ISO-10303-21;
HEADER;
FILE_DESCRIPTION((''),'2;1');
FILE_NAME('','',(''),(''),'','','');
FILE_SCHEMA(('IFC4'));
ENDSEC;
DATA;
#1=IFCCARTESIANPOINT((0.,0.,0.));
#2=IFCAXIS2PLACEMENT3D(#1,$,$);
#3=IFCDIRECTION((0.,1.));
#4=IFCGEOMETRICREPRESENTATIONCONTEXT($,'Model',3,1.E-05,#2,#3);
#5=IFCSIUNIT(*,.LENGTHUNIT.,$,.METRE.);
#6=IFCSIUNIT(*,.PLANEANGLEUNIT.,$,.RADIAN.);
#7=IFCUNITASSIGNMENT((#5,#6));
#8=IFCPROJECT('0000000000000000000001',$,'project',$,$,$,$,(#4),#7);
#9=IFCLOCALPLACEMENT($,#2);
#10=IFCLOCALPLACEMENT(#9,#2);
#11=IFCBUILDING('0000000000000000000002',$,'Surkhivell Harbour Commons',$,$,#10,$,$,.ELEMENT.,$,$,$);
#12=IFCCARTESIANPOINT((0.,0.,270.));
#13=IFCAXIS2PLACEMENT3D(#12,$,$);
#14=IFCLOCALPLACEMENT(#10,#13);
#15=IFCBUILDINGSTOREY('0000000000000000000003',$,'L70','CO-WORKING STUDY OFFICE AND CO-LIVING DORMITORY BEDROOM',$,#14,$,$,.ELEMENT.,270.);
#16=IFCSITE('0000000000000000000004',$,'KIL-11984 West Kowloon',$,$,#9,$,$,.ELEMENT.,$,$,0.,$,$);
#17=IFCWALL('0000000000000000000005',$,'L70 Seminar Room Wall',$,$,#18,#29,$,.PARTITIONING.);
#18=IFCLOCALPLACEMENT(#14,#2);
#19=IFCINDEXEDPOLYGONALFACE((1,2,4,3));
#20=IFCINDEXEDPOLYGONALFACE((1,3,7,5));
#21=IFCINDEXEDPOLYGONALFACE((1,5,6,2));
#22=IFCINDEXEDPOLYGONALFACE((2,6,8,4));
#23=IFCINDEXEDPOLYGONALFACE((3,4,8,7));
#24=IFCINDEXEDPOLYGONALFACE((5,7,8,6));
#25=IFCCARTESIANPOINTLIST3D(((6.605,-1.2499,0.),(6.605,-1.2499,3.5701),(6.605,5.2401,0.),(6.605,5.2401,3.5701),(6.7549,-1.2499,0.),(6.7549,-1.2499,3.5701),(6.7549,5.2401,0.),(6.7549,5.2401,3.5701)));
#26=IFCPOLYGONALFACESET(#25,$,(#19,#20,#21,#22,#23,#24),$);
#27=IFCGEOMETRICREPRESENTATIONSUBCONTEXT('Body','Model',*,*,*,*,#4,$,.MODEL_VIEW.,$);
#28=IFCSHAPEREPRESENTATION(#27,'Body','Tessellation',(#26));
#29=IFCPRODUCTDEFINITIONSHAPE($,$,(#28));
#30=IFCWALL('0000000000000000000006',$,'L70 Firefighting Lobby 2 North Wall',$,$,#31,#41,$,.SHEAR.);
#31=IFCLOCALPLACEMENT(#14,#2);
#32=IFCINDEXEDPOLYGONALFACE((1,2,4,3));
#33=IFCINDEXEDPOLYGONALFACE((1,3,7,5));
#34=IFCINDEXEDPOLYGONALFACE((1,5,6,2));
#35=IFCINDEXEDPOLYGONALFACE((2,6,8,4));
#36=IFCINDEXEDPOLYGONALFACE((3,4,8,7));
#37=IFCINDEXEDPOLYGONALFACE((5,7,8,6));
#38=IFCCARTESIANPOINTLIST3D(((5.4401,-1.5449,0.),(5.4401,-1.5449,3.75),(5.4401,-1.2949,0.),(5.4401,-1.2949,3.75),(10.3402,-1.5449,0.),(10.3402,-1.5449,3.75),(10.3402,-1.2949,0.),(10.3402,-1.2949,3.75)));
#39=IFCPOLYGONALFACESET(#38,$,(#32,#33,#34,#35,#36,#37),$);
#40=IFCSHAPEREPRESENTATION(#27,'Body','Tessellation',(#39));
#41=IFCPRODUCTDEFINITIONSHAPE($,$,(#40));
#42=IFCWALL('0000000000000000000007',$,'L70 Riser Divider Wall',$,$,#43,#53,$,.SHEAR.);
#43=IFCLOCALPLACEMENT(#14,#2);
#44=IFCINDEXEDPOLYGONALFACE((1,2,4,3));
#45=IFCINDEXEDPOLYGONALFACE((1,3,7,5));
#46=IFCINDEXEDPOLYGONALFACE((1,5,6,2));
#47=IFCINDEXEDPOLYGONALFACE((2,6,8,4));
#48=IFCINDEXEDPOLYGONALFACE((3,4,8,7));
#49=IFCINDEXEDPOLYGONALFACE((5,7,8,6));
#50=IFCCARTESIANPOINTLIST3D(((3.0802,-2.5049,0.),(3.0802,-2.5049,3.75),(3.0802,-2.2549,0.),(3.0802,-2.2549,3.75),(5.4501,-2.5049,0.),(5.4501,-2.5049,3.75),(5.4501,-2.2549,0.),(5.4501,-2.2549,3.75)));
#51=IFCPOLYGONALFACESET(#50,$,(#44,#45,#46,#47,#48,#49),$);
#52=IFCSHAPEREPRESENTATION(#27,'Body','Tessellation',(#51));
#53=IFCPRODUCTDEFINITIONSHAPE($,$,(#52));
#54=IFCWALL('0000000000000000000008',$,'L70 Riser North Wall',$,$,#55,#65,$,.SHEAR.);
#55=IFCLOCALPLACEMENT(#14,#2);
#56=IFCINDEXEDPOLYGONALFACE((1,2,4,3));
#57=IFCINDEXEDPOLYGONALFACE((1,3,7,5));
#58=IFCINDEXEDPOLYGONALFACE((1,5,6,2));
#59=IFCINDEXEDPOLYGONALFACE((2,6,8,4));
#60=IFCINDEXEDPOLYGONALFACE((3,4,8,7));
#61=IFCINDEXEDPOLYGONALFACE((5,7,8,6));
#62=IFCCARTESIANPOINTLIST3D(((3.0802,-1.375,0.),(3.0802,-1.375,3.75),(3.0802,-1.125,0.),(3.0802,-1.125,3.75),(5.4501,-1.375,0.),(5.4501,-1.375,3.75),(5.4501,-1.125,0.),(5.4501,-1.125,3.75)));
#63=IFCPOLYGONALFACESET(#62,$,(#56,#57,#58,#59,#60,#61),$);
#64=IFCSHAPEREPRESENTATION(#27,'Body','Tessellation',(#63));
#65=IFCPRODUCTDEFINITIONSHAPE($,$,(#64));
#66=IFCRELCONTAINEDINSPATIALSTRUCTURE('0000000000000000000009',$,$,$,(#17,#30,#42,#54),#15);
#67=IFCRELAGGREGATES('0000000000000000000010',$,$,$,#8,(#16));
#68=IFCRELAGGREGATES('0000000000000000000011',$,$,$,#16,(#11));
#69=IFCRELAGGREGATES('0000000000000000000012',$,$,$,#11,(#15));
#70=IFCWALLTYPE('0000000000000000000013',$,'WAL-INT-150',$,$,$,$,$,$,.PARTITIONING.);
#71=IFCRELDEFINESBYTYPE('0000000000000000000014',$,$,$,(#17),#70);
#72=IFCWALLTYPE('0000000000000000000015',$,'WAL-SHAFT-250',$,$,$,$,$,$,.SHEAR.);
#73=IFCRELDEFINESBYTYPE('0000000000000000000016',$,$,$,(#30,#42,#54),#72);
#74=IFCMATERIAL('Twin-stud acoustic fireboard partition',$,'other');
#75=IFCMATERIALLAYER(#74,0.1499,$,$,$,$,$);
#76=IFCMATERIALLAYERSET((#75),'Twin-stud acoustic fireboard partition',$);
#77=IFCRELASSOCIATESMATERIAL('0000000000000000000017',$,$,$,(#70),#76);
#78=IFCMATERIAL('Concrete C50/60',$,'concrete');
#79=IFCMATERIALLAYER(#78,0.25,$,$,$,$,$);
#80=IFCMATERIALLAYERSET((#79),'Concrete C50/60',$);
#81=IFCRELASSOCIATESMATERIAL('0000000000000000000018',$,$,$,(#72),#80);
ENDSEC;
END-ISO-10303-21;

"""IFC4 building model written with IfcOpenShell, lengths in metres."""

from ifc_helpers import new_model, si_unit, direction, frame, frame_2d, origin, place, context, subcontext, project, spatial, rectangle, extrude, material, layer, layer_set, type_object, element, save


model = new_model("IFC4")

# Units and contexts
model_context = context("Model", 3, precision=1e-05, world=origin(), true_north=direction((0.0, 1.0)))
body_context = subcontext(model_context, "Body", "Model", "MODEL_VIEW")
ifc_project = project(units=[si_unit("LENGTHUNIT", "METRE"), si_unit("PLANEANGLEUNIT", "RADIAN")], contexts=[model_context])

# Site, building, storey
site_placement = place(None, origin())
site = spatial("IfcSite", under=ifc_project, at=site_placement, Name="KIL-11984 West Kowloon", CompositionType="ELEMENT", RefElevation=0.0)
building_placement = place(site_placement, origin())
building = spatial("IfcBuilding", under=site, at=building_placement, Name="Surkhivell Harbour Commons", CompositionType="ELEMENT")
storey_placement = place(building_placement, frame((0.0, 0.0, 270.0)))
storey = spatial("IfcBuildingStorey", under=building, at=storey_placement, Name="L70", Description="CO-WORKING STUDY OFFICE AND CO-LIVING DORMITORY BEDROOM", CompositionType="ELEMENT", Elevation=270.0)

# Shared definitions
ifc_material_1 = material(Name="Concrete C50/60", Category="concrete")

# Walls
ifc_material_2 = material(Name="Twin-stud acoustic fireboard partition", Category="other")
ifc_layer_1 = layer(ifc_material_2, 0.1499)
ifc_layer_set_1 = layer_set([ifc_layer_1], Name="Twin-stud acoustic fireboard partition")
wall_type_1 = type_object("IfcWallType", Name="WAL-INT-150", PredefinedType="PARTITIONING", material=ifc_layer_set_1)
wall_1_placement = place(storey_placement, frame((6.6799, -1.25, 0.0), z_axis=(0.0, 0.0, 1.0), x_axis=(0.0, 1.0, 0.0)))
element("IfcWall", 1, at=wall_1_placement, inside=storey, type_object=wall_type_1, Name="L70 Seminar Room Wall", PredefinedType="PARTITIONING", context=body_context, shape_type="SweptSolid", body=[
    extrude(rectangle(XDim=6.49, YDim=0.1499, at=frame_2d((3.2451, 0.0))), origin(), (0.0, 0.0, 1.0), 3.5701),
])
ifc_layer_2 = layer(ifc_material_1, 0.25)
ifc_layer_set_2 = layer_set([ifc_layer_2], Name="Concrete C50/60")
wall_type_2 = type_object("IfcWallType", Name="WAL-SHAFT-250", PredefinedType="SHEAR", material=ifc_layer_set_2)
wall_2_placement = place(storey_placement, frame((5.4399, -1.4199, 0.0), z_axis=(0.0, 0.0, 1.0), x_axis=(1.0, 0.0, 0.0)))
element("IfcWall", 2, at=wall_2_placement, inside=storey, type_object=wall_type_2, Name="L70 Firefighting Lobby 2 North Wall", PredefinedType="SHEAR", context=body_context, shape_type="SweptSolid", body=[
    extrude(rectangle(XDim=4.9001, YDim=0.25, at=frame_2d((2.4502, 0.0))), origin(), (0.0, 0.0, 1.0), 3.75),
])
for number, where, z_axis, x_axis, name in (
    (3, (3.0801, -2.3799, 0.0), (0.0, 0.0, 1.0), (1.0, 0.0, 0.0), "L70 Riser Divider Wall"),
    (4, (3.0801, -1.25, 0.0), (0.0, 0.0, 1.0), (1.0, 0.0, 0.0), "L70 Riser North Wall"),
):
    element("IfcWall", number, at=place(storey_placement, frame(where, z_axis=z_axis, x_axis=x_axis)), inside=storey, type_object=wall_type_2, Name=name, PredefinedType="SHEAR", context=body_context, shape_type="SweptSolid", body=[
        extrude(rectangle(XDim=2.3699, YDim=0.25, at=frame_2d((1.1851, 0.0))), origin(), (0.0, 0.0, 1.0), 3.75),
    ])

save(model, "model.ifc")
